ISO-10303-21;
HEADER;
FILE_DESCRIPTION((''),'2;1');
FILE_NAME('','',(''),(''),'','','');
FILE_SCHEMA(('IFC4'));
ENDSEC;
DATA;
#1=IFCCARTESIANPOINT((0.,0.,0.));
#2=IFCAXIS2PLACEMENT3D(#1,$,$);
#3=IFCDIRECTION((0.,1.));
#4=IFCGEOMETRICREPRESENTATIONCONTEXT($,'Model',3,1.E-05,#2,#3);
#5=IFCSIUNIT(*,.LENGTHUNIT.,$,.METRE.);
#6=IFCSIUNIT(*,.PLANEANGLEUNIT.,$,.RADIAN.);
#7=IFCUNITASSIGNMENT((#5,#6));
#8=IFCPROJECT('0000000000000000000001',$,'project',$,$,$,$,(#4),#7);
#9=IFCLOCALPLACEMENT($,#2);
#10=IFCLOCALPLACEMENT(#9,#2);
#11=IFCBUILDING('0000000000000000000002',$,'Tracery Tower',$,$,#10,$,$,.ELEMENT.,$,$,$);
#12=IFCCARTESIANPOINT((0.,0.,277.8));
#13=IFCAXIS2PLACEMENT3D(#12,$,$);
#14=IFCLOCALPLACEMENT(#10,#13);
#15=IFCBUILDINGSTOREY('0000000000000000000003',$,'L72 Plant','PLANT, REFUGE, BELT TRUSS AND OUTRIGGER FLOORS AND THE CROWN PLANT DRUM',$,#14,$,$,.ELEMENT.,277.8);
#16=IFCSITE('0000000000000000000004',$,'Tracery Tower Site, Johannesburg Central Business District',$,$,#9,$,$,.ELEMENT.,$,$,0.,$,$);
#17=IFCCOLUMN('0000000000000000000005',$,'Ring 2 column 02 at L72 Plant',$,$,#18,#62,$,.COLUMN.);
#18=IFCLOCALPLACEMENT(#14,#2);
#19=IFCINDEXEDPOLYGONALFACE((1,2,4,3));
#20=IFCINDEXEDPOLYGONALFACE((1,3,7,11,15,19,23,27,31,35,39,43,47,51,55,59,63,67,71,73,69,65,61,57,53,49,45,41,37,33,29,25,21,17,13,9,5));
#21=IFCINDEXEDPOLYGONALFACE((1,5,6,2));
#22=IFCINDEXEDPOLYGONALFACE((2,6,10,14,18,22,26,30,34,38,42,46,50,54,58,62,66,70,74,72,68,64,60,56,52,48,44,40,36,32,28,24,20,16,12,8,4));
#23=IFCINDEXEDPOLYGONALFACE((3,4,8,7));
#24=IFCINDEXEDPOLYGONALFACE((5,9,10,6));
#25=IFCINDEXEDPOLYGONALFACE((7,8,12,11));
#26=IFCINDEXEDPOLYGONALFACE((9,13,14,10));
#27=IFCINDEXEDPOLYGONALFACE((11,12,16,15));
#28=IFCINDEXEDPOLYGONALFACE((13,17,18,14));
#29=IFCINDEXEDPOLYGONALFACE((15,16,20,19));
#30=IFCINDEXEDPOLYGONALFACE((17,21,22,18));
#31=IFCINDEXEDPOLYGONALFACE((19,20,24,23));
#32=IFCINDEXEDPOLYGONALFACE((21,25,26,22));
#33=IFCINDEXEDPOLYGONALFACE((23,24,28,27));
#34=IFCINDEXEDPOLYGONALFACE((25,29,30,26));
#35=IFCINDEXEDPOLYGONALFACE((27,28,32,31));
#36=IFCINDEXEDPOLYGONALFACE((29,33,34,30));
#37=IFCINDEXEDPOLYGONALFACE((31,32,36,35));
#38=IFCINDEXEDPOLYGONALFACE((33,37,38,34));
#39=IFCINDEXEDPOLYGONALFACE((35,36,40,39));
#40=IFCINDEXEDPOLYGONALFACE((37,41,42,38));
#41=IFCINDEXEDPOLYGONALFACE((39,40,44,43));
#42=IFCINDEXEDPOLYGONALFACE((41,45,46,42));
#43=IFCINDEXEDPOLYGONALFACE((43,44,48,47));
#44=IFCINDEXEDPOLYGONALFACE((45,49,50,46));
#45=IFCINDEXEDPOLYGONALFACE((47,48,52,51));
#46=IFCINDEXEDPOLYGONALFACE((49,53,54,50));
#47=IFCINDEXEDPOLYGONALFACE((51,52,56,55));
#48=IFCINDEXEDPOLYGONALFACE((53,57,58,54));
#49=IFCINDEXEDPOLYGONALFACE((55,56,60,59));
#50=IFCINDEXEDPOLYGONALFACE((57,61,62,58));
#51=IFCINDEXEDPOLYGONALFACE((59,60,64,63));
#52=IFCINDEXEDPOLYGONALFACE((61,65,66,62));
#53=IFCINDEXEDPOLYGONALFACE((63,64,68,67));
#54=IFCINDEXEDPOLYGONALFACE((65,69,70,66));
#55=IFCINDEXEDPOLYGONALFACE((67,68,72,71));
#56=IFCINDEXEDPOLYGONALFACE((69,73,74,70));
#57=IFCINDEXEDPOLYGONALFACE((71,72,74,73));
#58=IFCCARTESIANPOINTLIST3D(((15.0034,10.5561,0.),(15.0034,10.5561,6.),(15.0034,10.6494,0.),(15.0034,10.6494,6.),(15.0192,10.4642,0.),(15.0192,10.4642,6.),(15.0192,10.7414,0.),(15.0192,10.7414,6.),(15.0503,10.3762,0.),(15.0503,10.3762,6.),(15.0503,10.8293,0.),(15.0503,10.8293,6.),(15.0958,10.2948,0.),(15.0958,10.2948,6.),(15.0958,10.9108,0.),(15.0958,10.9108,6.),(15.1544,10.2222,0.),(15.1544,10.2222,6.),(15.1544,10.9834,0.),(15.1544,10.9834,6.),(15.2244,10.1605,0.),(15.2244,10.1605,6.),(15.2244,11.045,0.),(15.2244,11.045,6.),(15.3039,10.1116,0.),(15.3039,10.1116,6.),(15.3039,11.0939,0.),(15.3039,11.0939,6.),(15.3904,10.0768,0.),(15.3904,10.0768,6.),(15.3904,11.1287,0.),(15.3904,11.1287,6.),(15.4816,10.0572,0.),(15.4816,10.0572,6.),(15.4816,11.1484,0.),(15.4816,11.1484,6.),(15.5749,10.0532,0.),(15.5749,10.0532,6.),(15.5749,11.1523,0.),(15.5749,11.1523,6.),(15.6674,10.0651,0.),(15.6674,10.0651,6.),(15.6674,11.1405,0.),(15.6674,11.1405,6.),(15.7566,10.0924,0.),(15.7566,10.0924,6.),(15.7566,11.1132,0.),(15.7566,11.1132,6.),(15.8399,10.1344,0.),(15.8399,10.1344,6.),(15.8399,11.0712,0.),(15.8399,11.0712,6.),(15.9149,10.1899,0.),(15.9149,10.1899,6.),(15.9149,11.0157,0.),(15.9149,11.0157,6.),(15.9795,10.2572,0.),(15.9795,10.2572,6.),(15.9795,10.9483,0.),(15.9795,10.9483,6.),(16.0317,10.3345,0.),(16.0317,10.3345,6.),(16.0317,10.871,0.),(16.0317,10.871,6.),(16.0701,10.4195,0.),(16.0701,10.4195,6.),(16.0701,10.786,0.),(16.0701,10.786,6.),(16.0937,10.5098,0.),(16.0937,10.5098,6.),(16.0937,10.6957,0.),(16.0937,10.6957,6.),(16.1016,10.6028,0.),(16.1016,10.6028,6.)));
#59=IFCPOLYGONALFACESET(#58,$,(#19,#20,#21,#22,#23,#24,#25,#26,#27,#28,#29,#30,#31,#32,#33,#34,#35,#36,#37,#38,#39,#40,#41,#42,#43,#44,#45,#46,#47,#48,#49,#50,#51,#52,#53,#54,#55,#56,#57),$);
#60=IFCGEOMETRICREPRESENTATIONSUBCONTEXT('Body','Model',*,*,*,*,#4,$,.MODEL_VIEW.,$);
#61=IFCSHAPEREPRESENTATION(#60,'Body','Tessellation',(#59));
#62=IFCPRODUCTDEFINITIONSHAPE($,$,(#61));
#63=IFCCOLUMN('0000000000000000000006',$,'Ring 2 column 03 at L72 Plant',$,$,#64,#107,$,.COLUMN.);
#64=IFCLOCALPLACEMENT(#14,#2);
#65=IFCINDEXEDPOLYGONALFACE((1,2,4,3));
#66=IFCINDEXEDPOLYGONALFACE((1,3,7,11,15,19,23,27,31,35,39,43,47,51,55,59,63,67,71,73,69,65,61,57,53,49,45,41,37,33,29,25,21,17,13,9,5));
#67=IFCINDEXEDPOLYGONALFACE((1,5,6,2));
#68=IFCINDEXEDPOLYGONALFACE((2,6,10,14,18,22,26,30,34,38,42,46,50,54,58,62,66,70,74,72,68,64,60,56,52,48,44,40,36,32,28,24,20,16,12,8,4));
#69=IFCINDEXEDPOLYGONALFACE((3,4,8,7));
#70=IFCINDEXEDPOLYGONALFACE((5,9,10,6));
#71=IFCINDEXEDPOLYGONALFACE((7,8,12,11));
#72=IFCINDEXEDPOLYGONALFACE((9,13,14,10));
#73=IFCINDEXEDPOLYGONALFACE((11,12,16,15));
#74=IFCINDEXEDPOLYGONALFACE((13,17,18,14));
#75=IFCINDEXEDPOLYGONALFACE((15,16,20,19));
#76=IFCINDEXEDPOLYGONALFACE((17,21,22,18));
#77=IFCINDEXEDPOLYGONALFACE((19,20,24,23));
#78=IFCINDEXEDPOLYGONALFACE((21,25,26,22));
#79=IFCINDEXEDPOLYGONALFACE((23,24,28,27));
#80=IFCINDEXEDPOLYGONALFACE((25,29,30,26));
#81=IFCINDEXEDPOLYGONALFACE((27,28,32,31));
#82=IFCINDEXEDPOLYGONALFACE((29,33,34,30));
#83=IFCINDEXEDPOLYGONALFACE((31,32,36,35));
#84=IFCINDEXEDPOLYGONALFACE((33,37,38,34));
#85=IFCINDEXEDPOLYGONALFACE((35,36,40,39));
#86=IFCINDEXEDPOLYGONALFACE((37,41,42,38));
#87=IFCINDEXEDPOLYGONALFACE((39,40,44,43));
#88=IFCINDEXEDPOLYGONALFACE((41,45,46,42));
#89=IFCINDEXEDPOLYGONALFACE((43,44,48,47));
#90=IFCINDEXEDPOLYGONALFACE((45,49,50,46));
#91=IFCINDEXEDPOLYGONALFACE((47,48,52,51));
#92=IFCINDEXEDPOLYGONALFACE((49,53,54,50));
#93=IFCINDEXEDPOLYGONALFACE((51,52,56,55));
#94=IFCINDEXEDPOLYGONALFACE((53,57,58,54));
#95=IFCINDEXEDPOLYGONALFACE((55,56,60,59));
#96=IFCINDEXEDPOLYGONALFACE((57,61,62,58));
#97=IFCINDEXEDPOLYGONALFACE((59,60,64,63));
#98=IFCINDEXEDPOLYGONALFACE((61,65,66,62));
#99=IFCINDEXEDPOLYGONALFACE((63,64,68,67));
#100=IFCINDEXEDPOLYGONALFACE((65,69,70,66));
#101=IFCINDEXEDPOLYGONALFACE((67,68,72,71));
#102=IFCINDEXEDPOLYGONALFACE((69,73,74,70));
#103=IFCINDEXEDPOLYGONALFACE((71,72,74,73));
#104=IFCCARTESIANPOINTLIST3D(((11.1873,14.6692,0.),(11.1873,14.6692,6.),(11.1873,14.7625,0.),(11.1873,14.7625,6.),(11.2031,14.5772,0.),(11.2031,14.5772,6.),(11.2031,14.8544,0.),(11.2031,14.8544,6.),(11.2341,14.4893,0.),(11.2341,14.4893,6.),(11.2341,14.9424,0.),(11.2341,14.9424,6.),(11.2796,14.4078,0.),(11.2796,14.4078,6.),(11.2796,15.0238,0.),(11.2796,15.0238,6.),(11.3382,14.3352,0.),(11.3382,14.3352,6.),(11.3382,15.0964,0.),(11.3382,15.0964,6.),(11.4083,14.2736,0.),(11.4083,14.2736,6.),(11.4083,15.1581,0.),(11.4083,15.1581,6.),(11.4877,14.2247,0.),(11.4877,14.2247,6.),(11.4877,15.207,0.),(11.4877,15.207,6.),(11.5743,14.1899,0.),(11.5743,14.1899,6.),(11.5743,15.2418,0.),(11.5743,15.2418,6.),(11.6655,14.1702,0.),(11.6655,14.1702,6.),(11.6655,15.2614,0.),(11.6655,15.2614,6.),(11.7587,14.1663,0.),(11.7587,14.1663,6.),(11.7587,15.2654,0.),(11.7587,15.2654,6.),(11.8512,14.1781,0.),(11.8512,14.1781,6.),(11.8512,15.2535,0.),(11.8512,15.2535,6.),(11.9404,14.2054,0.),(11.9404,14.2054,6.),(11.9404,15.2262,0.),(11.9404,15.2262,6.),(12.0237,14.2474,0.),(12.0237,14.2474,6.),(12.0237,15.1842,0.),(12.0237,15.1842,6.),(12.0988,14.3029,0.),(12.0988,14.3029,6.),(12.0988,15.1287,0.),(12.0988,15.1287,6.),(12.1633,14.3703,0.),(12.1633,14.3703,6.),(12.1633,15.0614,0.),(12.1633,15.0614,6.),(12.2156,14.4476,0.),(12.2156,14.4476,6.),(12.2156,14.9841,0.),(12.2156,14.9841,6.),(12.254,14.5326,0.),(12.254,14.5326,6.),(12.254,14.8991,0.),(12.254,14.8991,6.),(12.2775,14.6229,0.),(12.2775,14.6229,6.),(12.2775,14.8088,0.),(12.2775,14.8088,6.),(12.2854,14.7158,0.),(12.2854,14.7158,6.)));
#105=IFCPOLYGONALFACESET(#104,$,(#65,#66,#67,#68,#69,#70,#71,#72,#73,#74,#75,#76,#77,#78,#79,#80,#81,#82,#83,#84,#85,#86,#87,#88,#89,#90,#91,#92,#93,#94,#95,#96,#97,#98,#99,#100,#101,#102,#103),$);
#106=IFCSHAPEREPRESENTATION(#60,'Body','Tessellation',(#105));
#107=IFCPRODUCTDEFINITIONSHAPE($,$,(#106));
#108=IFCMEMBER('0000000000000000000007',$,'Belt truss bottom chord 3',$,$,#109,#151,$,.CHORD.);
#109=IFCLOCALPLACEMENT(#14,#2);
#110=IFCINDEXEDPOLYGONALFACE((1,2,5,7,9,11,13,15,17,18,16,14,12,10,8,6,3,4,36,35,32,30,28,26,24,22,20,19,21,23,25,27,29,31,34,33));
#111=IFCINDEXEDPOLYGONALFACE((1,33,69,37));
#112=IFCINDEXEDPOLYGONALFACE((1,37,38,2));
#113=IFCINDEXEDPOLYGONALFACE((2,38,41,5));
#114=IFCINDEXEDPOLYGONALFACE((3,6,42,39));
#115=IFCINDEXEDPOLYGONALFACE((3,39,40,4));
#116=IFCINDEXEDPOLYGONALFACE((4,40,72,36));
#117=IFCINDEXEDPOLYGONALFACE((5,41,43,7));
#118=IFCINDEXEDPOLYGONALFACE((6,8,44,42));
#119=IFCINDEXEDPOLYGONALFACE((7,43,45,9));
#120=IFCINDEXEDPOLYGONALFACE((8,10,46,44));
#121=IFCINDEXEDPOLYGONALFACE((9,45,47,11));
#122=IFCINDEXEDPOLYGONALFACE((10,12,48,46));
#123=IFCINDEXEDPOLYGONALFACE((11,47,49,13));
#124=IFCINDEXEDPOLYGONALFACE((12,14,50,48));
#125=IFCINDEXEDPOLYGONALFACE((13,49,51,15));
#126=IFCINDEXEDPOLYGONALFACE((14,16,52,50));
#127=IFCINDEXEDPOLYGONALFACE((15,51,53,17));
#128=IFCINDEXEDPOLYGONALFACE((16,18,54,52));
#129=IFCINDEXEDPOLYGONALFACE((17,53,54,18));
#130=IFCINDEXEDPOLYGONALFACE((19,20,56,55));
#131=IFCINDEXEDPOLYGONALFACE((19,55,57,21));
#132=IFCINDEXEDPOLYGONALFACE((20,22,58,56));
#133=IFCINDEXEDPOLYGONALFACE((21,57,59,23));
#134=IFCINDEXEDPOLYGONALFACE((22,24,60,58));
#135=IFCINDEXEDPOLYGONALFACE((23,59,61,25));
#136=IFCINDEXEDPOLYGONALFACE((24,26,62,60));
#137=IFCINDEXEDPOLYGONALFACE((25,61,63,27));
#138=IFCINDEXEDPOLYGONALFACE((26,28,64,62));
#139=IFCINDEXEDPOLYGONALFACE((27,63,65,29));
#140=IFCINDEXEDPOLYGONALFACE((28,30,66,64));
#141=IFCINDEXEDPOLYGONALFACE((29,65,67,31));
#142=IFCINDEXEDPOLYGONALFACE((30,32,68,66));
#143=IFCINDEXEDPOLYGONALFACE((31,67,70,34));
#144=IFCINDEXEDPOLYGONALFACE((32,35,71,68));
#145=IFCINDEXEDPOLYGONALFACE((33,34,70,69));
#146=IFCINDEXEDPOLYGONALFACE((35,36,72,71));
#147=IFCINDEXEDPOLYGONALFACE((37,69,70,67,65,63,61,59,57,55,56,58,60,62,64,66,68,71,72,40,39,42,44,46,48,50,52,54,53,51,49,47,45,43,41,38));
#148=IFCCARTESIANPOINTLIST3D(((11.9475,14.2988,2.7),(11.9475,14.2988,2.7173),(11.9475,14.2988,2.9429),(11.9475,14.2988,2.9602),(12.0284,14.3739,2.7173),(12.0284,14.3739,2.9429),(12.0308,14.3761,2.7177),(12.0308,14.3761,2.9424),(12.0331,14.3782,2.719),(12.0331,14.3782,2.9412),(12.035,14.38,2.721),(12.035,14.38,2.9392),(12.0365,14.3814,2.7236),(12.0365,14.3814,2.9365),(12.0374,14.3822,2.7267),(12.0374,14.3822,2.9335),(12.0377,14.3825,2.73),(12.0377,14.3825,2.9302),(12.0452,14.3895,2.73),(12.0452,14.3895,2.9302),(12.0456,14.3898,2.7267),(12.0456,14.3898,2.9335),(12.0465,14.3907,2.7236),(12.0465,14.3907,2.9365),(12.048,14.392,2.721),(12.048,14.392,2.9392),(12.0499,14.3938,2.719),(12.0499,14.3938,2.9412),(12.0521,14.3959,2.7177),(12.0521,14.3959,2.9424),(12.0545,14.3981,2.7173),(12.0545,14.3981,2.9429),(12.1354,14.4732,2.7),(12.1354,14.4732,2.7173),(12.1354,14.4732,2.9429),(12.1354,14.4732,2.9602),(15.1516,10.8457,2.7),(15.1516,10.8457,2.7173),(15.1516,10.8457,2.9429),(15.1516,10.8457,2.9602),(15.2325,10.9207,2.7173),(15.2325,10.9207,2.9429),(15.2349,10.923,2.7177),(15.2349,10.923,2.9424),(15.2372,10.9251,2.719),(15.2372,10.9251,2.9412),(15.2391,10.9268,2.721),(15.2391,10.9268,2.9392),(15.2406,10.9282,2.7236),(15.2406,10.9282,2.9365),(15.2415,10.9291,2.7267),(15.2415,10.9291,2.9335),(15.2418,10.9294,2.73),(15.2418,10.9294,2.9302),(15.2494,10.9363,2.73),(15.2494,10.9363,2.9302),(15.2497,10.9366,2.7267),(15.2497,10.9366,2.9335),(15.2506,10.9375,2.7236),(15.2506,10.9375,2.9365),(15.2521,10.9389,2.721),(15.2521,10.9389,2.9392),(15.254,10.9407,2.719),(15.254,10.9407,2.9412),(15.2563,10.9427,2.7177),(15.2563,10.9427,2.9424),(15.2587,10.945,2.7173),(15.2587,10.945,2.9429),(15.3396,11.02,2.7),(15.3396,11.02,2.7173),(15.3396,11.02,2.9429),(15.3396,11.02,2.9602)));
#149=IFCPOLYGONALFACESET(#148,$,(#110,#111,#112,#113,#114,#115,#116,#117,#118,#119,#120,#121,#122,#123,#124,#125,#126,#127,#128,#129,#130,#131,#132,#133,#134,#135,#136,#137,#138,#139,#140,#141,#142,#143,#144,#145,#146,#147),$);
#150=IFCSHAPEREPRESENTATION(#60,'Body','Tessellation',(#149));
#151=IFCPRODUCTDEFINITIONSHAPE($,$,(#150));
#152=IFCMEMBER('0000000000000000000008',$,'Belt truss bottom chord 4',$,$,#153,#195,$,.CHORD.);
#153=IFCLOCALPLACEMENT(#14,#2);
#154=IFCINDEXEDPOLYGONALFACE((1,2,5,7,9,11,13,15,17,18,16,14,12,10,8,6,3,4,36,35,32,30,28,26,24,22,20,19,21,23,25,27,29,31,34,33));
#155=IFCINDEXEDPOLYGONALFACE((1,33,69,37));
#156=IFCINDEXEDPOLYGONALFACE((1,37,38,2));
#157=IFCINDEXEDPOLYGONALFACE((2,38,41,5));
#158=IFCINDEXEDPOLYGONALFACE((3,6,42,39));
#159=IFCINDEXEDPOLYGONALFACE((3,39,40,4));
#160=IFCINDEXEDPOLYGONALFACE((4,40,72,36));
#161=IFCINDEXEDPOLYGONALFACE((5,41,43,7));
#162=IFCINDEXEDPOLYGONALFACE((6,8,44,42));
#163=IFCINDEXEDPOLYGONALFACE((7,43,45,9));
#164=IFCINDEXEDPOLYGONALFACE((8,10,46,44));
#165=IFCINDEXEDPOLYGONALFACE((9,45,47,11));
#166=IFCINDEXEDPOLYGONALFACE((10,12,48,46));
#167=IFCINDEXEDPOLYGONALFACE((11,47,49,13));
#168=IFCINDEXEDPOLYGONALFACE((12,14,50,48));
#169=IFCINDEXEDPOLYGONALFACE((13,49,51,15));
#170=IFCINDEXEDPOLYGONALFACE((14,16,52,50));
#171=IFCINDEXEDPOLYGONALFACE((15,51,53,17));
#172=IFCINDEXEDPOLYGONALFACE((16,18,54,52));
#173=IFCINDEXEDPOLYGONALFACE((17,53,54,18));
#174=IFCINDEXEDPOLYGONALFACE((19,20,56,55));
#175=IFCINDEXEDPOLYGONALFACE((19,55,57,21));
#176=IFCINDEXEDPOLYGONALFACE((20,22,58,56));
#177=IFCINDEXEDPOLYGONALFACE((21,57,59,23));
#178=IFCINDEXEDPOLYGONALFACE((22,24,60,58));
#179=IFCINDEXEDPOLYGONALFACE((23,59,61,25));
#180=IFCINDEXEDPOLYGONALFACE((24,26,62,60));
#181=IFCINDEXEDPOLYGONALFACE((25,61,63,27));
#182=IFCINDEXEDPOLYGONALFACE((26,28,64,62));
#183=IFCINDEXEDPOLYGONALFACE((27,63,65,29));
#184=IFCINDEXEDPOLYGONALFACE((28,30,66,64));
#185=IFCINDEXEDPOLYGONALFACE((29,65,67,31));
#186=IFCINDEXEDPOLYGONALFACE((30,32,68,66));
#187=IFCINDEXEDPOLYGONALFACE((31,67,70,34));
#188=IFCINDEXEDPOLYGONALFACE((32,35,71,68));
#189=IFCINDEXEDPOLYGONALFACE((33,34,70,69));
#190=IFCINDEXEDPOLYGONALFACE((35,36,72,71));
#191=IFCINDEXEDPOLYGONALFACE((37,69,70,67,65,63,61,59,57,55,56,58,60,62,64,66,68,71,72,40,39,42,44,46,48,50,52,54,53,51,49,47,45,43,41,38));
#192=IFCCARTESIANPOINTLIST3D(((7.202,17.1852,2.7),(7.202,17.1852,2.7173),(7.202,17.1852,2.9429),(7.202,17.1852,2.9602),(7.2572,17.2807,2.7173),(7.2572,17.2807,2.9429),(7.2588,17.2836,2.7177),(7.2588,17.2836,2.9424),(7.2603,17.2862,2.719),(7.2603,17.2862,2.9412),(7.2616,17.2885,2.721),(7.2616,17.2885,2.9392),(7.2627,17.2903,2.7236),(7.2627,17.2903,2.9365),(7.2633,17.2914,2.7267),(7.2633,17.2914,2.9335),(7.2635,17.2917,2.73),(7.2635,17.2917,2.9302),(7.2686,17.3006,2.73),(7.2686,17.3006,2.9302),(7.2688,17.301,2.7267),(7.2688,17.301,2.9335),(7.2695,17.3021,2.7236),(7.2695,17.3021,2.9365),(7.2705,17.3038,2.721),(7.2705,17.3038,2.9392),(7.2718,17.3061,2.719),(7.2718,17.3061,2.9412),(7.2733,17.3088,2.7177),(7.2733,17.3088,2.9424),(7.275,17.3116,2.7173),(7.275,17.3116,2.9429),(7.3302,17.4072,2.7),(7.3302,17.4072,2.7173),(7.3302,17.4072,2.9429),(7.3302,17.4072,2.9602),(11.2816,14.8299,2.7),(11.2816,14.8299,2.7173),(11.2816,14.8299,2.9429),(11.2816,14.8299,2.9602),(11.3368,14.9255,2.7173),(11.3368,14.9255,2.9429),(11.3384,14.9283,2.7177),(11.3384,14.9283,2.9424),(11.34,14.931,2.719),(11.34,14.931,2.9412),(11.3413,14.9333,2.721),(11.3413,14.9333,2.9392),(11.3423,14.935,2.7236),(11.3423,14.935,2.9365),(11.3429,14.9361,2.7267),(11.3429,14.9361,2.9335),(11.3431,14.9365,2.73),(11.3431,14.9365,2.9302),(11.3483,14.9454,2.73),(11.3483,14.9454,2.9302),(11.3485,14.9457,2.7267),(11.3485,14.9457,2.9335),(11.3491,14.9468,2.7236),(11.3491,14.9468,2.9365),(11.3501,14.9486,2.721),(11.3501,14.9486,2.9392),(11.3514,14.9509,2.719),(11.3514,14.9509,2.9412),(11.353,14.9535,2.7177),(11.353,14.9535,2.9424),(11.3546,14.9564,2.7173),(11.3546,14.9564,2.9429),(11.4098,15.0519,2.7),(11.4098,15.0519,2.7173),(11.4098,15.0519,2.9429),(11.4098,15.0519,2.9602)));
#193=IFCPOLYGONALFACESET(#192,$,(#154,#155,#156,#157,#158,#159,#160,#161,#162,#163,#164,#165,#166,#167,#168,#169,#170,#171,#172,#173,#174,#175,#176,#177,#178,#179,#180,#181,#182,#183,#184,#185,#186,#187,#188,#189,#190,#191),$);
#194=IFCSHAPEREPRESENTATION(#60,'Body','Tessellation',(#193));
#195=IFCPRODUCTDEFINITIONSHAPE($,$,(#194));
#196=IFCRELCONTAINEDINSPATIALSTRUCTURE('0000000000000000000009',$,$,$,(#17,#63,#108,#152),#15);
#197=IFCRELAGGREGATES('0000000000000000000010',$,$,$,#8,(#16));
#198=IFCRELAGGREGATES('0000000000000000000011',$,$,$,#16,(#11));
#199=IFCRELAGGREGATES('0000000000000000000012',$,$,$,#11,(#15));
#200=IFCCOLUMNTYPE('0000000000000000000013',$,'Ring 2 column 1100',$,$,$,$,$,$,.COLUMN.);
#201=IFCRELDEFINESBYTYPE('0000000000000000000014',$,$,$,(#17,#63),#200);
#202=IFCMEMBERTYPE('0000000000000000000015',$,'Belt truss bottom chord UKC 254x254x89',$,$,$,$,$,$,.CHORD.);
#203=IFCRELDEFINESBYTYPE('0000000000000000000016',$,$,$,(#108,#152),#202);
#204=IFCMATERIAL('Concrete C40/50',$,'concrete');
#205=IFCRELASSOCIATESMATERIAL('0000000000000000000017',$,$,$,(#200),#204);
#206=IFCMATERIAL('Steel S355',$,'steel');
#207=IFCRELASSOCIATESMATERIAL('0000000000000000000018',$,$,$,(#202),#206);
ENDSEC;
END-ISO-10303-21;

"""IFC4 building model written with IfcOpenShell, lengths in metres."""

from ifc_helpers import new_model, si_unit, direction, frame, origin, origin_2d, place, context, subcontext, project, spatial, circle, i_section, extrude, material, material_profile, profile_set, type_object, element, save


model = new_model("IFC4")

# Units and contexts
model_context = context("Model", 3, precision=1e-05, world=origin(), true_north=direction((0.0, 1.0)))
body_context = subcontext(model_context, "Body", "Model", "MODEL_VIEW")
ifc_project = project(units=[si_unit("LENGTHUNIT", "METRE"), si_unit("PLANEANGLEUNIT", "RADIAN")], contexts=[model_context])

# Site, building, storey
site_placement = place(None, origin())
site = spatial("IfcSite", under=ifc_project, at=site_placement, Name="Tracery Tower Site, Johannesburg Central Business District", CompositionType="ELEMENT", RefElevation=0.0)
building_placement = place(site_placement, origin())
building = spatial("IfcBuilding", under=site, at=building_placement, Name="Tracery Tower", CompositionType="ELEMENT")
storey_placement = place(building_placement, frame((0.0, 0.0, 277.8)))
storey = spatial("IfcBuildingStorey", under=building, at=storey_placement, Name="L72 Plant", Description="PLANT, REFUGE, BELT TRUSS AND OUTRIGGER FLOORS AND THE CROWN PLANT DRUM", CompositionType="ELEMENT", Elevation=277.8)

# Columns
ifc_material_1 = material(Name="Concrete C40/50", Category="concrete")
ifc_material_profile_1 = material_profile(ifc_material_1, circle(Radius=0.55, at=origin_2d()), Name="RC D1100")
ifc_profile_set_1 = profile_set([ifc_material_profile_1], Name="Concrete C40/50")
column_type = type_object("IfcColumnType", Name="Ring 2 column 1100", PredefinedType="COLUMN", material=ifc_profile_set_1)
for number, where, z_axis, x_axis, name in (
    (1, (15.5515, 10.6028, 0.0), (0.0, 0.0, 1.0), (1.0, 0.0, 0.0), "Ring 2 column 02 at L72 Plant"),
    (2, (11.7354, 14.7158, 0.0), (0.0, 0.0, 1.0), (1.0, 0.0, 0.0), "Ring 2 column 03 at L72 Plant"),
):
    element("IfcColumn", number, at=place(storey_placement, frame(where, z_axis=z_axis, x_axis=x_axis)), inside=storey, type_object=column_type, Name=name, PredefinedType="COLUMN", context=body_context, shape_type="SweptSolid", body=[
        extrude(circle(Radius=0.55, at=origin_2d()), origin(), (0.0, 0.0, 1.0), 6.0),
    ])

# Members
ifc_material_2 = material(Name="Steel S355", Category="steel")
ifc_material_profile_2 = material_profile(ifc_material_2, i_section(OverallWidth=0.2563, OverallDepth=0.2603, WebThickness=0.0103, FlangeThickness=0.0173, FilletRadius=0.0127, at=origin_2d()), Name="UKC 254x254x89")
ifc_profile_set_2 = profile_set([ifc_material_profile_2], Name="Steel S355")
member_type_1 = type_object("IfcMemberType", Name="Belt truss bottom chord UKC 254x254x89", PredefinedType="CHORD", material=ifc_profile_set_2)
for number, where, z_axis, x_axis, name in (
    (3, (15.2456, 10.9329, 2.8301), (-0.680181, 0.733044, 0.0), (-0.733044, -0.680181, 0.0), "Belt truss bottom chord 3"),
    (4, (11.3457, 14.9409, 2.8301), (-0.866037, 0.49998, 0.0), (-0.49998, -0.866037, 0.0), "Belt truss bottom chord 4"),
):
    element("IfcMember", number, at=place(storey_placement, frame(where, z_axis=z_axis, x_axis=x_axis)), inside=storey, type_object=member_type_1, Name=name, PredefinedType="CHORD", context=body_context, shape_type="SweptSolid", body=[
        extrude(i_section(OverallWidth=0.2563, OverallDepth=0.2603, WebThickness=0.0103, FlangeThickness=0.0173, FilletRadius=0.0127, at=origin_2d()), origin(), (0.0, 0.0, 1.0), 4.7107),
    ])

save(model, "model.ifc")
